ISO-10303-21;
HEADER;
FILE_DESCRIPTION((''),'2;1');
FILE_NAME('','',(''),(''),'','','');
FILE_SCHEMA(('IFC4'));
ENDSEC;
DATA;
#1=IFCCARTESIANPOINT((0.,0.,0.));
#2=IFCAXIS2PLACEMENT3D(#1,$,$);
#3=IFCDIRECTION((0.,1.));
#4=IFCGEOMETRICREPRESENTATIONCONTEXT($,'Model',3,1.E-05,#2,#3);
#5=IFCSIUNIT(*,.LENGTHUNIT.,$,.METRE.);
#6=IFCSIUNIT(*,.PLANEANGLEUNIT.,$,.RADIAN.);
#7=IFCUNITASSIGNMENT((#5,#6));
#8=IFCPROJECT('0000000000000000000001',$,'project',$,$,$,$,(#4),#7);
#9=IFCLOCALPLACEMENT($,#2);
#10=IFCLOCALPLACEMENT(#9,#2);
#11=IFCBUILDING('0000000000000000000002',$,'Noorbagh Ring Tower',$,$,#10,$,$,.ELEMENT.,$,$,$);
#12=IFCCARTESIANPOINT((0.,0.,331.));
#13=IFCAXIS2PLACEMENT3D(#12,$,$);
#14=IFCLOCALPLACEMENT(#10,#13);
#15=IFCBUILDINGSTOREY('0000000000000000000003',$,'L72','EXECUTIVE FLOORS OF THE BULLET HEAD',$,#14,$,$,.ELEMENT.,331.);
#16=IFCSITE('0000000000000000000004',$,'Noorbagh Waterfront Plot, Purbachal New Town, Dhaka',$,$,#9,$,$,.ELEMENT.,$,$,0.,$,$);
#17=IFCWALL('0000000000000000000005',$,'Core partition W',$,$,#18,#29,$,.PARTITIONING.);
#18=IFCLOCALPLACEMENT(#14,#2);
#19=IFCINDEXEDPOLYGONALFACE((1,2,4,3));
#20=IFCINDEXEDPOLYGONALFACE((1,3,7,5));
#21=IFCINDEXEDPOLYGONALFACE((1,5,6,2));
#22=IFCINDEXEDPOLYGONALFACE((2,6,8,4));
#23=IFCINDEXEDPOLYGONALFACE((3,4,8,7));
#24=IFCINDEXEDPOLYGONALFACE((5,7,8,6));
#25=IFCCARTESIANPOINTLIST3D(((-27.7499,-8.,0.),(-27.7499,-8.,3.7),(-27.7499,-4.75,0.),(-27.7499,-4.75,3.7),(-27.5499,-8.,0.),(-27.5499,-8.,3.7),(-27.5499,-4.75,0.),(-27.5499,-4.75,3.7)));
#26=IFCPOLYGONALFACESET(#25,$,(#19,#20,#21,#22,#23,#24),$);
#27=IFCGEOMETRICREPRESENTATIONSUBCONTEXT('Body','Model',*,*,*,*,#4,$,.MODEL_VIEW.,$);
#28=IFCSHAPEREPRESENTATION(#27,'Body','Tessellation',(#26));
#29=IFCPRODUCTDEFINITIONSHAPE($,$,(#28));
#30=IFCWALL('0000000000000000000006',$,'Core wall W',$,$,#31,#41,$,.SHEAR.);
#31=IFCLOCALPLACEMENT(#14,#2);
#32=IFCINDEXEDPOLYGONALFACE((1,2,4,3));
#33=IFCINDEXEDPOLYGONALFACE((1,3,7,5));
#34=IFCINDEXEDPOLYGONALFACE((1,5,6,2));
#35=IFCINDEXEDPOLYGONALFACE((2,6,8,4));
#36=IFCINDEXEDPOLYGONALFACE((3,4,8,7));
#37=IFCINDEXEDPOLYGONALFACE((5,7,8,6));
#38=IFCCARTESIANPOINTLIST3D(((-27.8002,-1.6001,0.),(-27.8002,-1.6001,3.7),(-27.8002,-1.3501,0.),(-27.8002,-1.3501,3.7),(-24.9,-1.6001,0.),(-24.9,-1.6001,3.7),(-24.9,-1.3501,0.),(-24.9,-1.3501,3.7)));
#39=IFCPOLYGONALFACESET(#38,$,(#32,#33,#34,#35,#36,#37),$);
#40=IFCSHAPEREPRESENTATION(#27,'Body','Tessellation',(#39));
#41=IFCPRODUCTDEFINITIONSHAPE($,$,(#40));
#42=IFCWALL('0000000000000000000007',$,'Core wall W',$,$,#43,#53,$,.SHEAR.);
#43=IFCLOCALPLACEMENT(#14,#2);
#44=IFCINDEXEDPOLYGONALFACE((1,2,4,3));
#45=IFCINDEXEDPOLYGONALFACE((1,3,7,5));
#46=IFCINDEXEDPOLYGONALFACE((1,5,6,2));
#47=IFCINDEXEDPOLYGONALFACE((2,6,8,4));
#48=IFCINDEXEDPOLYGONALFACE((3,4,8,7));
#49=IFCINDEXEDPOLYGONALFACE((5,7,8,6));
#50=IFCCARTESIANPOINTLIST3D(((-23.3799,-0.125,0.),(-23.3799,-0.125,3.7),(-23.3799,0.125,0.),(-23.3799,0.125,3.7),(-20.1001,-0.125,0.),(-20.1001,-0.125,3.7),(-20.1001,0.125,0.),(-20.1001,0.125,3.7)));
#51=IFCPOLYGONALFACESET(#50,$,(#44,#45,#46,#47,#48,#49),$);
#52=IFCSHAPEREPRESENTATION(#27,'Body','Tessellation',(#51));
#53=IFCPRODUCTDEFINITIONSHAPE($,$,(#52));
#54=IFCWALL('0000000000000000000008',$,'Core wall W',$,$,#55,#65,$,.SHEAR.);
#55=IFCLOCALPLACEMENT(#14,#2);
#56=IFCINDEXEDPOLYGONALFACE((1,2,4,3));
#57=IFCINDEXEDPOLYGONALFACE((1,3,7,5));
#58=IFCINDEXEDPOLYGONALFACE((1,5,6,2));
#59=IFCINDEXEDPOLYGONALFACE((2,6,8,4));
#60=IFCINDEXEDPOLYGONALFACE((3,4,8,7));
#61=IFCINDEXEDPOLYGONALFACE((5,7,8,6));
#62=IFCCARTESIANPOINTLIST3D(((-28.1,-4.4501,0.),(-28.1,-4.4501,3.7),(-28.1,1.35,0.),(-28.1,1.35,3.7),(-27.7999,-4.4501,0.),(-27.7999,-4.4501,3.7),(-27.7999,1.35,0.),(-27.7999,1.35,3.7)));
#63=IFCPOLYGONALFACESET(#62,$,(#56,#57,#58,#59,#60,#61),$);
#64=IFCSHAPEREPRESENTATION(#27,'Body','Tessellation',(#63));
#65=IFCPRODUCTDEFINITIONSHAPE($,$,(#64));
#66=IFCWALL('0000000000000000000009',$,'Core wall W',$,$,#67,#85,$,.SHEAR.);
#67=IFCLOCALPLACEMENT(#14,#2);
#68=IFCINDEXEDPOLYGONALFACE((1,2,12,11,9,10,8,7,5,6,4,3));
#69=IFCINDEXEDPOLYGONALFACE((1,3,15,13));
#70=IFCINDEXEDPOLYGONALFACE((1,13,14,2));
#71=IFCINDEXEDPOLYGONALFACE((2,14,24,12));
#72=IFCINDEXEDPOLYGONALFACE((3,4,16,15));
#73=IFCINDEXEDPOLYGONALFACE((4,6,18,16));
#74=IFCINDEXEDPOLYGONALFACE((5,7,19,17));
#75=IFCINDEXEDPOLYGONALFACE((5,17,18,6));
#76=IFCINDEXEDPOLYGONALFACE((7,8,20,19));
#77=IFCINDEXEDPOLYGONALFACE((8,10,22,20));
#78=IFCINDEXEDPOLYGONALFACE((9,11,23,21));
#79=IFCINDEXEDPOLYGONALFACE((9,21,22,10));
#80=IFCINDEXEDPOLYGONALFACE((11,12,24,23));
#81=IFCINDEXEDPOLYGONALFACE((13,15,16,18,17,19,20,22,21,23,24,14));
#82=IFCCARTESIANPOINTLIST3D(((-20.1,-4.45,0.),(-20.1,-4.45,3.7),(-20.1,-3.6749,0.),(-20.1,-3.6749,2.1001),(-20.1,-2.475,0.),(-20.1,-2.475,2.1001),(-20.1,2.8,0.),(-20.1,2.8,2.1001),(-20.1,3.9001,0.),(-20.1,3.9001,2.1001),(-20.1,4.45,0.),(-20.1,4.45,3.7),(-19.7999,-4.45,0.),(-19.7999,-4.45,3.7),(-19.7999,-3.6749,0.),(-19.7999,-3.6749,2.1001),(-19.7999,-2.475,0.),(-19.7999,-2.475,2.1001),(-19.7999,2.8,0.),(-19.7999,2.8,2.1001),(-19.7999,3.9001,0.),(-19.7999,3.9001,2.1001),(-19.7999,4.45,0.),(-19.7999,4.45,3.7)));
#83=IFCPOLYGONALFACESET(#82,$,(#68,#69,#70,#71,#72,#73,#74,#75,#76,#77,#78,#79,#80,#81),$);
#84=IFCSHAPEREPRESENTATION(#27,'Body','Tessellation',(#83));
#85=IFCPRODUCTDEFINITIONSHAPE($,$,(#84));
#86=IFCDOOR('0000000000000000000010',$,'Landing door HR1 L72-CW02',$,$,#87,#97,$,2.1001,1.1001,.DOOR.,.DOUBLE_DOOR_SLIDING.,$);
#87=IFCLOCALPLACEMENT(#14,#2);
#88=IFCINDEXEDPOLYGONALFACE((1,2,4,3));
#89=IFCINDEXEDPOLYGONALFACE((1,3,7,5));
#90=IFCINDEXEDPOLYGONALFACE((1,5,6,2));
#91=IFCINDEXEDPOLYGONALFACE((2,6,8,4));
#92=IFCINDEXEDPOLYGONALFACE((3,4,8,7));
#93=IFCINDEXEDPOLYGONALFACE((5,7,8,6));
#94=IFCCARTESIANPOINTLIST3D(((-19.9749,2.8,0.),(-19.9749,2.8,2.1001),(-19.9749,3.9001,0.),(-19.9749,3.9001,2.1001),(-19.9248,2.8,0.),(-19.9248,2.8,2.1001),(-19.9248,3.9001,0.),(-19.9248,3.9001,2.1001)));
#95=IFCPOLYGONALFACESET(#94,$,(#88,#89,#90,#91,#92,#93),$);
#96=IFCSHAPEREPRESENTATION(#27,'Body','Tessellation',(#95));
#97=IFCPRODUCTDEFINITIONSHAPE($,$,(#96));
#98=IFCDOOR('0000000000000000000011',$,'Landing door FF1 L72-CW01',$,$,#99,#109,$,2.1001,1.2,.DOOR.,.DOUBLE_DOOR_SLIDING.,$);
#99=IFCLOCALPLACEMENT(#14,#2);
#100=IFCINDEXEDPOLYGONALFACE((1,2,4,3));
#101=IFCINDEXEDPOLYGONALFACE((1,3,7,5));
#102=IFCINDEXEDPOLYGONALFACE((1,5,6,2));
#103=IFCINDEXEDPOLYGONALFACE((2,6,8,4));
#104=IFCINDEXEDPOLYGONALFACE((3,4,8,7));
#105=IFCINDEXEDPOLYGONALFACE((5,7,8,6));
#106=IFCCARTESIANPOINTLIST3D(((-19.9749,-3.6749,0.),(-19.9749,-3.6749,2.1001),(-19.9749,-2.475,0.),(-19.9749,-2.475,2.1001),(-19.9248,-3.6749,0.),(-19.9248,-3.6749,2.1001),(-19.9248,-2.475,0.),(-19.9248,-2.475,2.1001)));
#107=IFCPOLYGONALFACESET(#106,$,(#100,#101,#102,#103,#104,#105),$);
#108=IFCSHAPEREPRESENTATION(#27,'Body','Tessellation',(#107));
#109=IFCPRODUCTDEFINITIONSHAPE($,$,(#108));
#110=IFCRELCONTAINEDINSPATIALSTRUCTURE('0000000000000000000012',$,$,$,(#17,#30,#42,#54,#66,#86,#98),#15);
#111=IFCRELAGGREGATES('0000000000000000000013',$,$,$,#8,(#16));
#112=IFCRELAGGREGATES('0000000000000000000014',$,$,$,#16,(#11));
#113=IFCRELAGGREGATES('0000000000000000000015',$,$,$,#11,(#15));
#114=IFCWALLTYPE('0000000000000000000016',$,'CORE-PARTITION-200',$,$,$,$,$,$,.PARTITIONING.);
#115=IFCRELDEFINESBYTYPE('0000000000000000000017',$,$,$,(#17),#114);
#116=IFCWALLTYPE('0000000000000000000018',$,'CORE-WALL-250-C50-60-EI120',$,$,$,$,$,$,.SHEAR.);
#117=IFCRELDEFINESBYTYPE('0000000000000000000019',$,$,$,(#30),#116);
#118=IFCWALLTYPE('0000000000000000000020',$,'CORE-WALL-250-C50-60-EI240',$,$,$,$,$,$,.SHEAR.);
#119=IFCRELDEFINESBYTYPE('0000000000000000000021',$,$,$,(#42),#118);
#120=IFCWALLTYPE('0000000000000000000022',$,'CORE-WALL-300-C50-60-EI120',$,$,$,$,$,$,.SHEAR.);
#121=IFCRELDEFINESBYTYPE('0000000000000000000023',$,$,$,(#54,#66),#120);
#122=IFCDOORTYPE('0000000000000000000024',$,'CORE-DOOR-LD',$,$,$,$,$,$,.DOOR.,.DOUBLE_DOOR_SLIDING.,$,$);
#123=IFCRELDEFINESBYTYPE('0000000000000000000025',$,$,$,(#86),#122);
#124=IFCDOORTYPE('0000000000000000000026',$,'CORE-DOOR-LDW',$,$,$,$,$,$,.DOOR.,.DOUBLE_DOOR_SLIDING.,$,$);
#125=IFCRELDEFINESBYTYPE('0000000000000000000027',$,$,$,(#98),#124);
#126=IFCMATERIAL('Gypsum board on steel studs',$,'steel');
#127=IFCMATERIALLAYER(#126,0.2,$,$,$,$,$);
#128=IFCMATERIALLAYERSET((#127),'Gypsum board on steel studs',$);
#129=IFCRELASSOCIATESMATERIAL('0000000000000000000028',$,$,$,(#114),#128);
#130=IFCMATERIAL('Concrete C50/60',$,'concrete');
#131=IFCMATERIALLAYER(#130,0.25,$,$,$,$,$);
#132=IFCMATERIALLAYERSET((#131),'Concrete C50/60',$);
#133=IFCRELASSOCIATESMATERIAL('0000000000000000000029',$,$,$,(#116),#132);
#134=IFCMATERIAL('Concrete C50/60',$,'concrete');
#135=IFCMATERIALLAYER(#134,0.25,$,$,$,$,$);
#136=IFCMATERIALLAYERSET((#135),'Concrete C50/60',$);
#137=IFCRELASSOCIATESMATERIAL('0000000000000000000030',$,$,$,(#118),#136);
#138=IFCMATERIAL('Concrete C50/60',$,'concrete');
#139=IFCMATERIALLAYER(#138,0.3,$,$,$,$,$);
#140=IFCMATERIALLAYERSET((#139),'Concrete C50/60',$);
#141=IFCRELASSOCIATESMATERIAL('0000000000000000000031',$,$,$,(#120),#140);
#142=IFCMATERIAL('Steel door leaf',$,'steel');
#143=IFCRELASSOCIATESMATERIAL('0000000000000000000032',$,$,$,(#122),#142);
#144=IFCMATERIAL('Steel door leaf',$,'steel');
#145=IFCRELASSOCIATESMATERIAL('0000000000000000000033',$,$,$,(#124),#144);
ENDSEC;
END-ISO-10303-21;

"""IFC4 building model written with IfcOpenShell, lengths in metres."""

from ifc_helpers import new_model, si_unit, direction, frame, frame_2d, origin, place, context, subcontext, project, spatial, rectangle, extrude, material, layer, layer_set, type_object, element, fill, save


model = new_model("IFC4")

# Units and contexts
model_context = context("Model", 3, precision=1e-05, world=origin(), true_north=direction((0.0, 1.0)))
body_context = subcontext(model_context, "Body", "Model", "MODEL_VIEW")
ifc_project = project(units=[si_unit("LENGTHUNIT", "METRE"), si_unit("PLANEANGLEUNIT", "RADIAN")], contexts=[model_context])

# Site, building, storey
site_placement = place(None, origin())
site = spatial("IfcSite", under=ifc_project, at=site_placement, Name="Noorbagh Waterfront Plot, Purbachal New Town, Dhaka", CompositionType="ELEMENT", RefElevation=0.0)
building_placement = place(site_placement, origin())
building = spatial("IfcBuilding", under=site, at=building_placement, Name="Noorbagh Ring Tower", CompositionType="ELEMENT")
storey_placement = place(building_placement, frame((0.0, 0.0, 331.0)))
storey = spatial("IfcBuildingStorey", under=building, at=storey_placement, Name="L72", Description="EXECUTIVE FLOORS OF THE BULLET HEAD", CompositionType="ELEMENT", Elevation=331.0)

# Walls
ifc_material_1 = material(Name="Gypsum board on steel studs", Category="steel")
ifc_layer_1 = layer(ifc_material_1, 0.2)
ifc_layer_set_1 = layer_set([ifc_layer_1], Name="Gypsum board on steel studs")
wall_type_1 = type_object("IfcWallType", Name="CORE-PARTITION-200", PredefinedType="PARTITIONING", material=ifc_layer_set_1)
wall_1_placement = place(storey_placement, frame((-27.6499, -8.0, 0.0), z_axis=(0.0, 0.0, 1.0), x_axis=(0.0, 1.0, 0.0)))
element("IfcWall", 1, at=wall_1_placement, inside=storey, type_object=wall_type_1, Name="Core partition W", PredefinedType="PARTITIONING", context=body_context, shape_type="SweptSolid", body=[
    extrude(rectangle(XDim=3.25, YDim=0.2, at=frame_2d((1.625, 0.0))), origin(), (0.0, 0.0, 1.0), 3.7),
])
ifc_material_2 = material(Name="Concrete C50/60", Category="concrete")
ifc_layer_2 = layer(ifc_material_2, 0.25)
ifc_layer_set_2 = layer_set([ifc_layer_2], Name="Concrete C50/60")
wall_type_2 = type_object("IfcWallType", Name="CORE-WALL-250-C50-60-EI120", PredefinedType="SHEAR", material=ifc_layer_set_2)
wall_2_placement = place(storey_placement, frame((-24.8999, -1.4751, 0.0), z_axis=(0.0, 0.0, 1.0), x_axis=(-1.0, 0.0, 0.0)))
element("IfcWall", 2, at=wall_2_placement, inside=storey, type_object=wall_type_2, Name="Core wall W", PredefinedType="SHEAR", context=body_context, shape_type="SweptSolid", body=[
    extrude(rectangle(XDim=2.9001, YDim=0.25, at=frame_2d((1.4502, 0.0))), origin(), (0.0, 0.0, 1.0), 3.7),
])
ifc_material_3 = material(Name="Concrete C50/60", Category="concrete")
ifc_layer_3 = layer(ifc_material_3, 0.25)
ifc_layer_set_3 = layer_set([ifc_layer_3], Name="Concrete C50/60")
wall_type_3 = type_object("IfcWallType", Name="CORE-WALL-250-C50-60-EI240", PredefinedType="SHEAR", material=ifc_layer_set_3)
wall_3_placement = place(storey_placement, frame((-20.1001, 0.0, 0.0), z_axis=(0.0, 0.0, 1.0), x_axis=(-1.0, 0.0, 0.0)))
element("IfcWall", 3, at=wall_3_placement, inside=storey, type_object=wall_type_3, Name="Core wall W", PredefinedType="SHEAR", context=body_context, shape_type="SweptSolid", body=[
    extrude(rectangle(XDim=3.2798, YDim=0.25, at=frame_2d((1.6399, 0.0))), origin(), (0.0, 0.0, 1.0), 3.7),
])
ifc_material_4 = material(Name="Concrete C50/60", Category="concrete")
ifc_layer_4 = layer(ifc_material_4, 0.3)
ifc_layer_set_4 = layer_set([ifc_layer_4], Name="Concrete C50/60")
wall_type_4 = type_object("IfcWallType", Name="CORE-WALL-300-C50-60-EI120", PredefinedType="SHEAR", material=ifc_layer_set_4)
wall_4_placement = place(storey_placement, frame((-27.95, -4.45, 0.0), z_axis=(0.0, 0.0, 1.0), x_axis=(0.0, 1.0, 0.0)))
element("IfcWall", 4, at=wall_4_placement, inside=storey, type_object=wall_type_4, Name="Core wall W", PredefinedType="SHEAR", context=body_context, shape_type="SweptSolid", body=[
    extrude(rectangle(XDim=5.8, YDim=0.3, at=frame_2d((2.8999, 0.0))), origin(), (0.0, 0.0, 1.0), 3.7),
])

# Wall, openings, doors
wall_5_placement = place(storey_placement, frame((-19.95, -4.45, 0.0), z_axis=(0.0, 0.0, 1.0), x_axis=(0.0, 1.0, 0.0)))
wall_5 = element("IfcWall", 5, at=wall_5_placement, inside=storey, type_object=wall_type_4, Name="Core wall W", PredefinedType="SHEAR", context=body_context, shape_type="SweptSolid", body=[
    extrude(rectangle(XDim=8.8999, YDim=0.3, at=frame_2d((4.45, 0.0))), origin(), (0.0, 0.0, 1.0), 3.7),
])
opening_1_placement = place(wall_5_placement, frame((0.7749, 0.0, 0.0)))
opening_1 = element("IfcOpeningElement", 6, at=opening_1_placement, cuts=wall_5, PredefinedType="OPENING", context=body_context, shape_type="SweptSolid", body=[
    extrude(rectangle(XDim=1.2, YDim=2.1001, at=frame_2d((0.6001, 1.05))), frame((0.0, 0.1602, 0.0), z_axis=(0.0, -1.0, 0.0), x_axis=(1.0, 0.0, 0.0)), (0.0, 0.0, 1.0), 0.3201),
])
opening_2_placement = place(wall_5_placement, frame((7.25, 0.0, 0.0)))
opening_2 = element("IfcOpeningElement", 7, at=opening_2_placement, cuts=wall_5, PredefinedType="OPENING", context=body_context, shape_type="SweptSolid", body=[
    extrude(rectangle(XDim=1.1001, YDim=2.1001, at=frame_2d((0.55, 1.05))), frame((0.0, 0.1602, 0.0), z_axis=(0.0, -1.0, 0.0), x_axis=(1.0, 0.0, 0.0)), (0.0, 0.0, 1.0), 0.3201),
])
ifc_material_5 = material(Name="Steel door leaf", Category="steel")
door_type_1 = type_object("IfcDoorType", Name="CORE-DOOR-LD", OperationType="DOUBLE_DOOR_SLIDING", PredefinedType="DOOR", material=ifc_material_5)
door_1_placement = place(opening_2_placement, origin())
door_1 = element("IfcDoor", 8, at=door_1_placement, inside=storey, type_object=door_type_1, Name="Landing door HR1 L72-CW02", OperationType="DOUBLE_DOOR_SLIDING", OverallHeight=2.1001, OverallWidth=1.1001, PredefinedType="DOOR", context=body_context, shape_type="SweptSolid", body=[
    extrude(rectangle(XDim=1.1001, YDim=2.1001, at=frame_2d((0.55, 1.05))), frame((0.0, 0.0249, 0.0), z_axis=(0.0, -1.0, 0.0), x_axis=(1.0, 0.0, 0.0)), (0.0, 0.0, 1.0), 0.05),
])
fill(opening_2, door_1)
ifc_material_6 = material(Name="Steel door leaf", Category="steel")
door_type_2 = type_object("IfcDoorType", Name="CORE-DOOR-LDW", OperationType="DOUBLE_DOOR_SLIDING", PredefinedType="DOOR", material=ifc_material_6)
door_2_placement = place(opening_1_placement, origin())
door_2 = element("IfcDoor", 9, at=door_2_placement, inside=storey, type_object=door_type_2, Name="Landing door FF1 L72-CW01", OperationType="DOUBLE_DOOR_SLIDING", OverallHeight=2.1001, OverallWidth=1.2, PredefinedType="DOOR", context=body_context, shape_type="SweptSolid", body=[
    extrude(rectangle(XDim=1.2, YDim=2.1001, at=frame_2d((0.6001, 1.05))), frame((0.0, 0.0249, 0.0), z_axis=(0.0, -1.0, 0.0), x_axis=(1.0, 0.0, 0.0)), (0.0, 0.0, 1.0), 0.05),
])
fill(opening_1, door_2)

save(model, "model.ifc")
